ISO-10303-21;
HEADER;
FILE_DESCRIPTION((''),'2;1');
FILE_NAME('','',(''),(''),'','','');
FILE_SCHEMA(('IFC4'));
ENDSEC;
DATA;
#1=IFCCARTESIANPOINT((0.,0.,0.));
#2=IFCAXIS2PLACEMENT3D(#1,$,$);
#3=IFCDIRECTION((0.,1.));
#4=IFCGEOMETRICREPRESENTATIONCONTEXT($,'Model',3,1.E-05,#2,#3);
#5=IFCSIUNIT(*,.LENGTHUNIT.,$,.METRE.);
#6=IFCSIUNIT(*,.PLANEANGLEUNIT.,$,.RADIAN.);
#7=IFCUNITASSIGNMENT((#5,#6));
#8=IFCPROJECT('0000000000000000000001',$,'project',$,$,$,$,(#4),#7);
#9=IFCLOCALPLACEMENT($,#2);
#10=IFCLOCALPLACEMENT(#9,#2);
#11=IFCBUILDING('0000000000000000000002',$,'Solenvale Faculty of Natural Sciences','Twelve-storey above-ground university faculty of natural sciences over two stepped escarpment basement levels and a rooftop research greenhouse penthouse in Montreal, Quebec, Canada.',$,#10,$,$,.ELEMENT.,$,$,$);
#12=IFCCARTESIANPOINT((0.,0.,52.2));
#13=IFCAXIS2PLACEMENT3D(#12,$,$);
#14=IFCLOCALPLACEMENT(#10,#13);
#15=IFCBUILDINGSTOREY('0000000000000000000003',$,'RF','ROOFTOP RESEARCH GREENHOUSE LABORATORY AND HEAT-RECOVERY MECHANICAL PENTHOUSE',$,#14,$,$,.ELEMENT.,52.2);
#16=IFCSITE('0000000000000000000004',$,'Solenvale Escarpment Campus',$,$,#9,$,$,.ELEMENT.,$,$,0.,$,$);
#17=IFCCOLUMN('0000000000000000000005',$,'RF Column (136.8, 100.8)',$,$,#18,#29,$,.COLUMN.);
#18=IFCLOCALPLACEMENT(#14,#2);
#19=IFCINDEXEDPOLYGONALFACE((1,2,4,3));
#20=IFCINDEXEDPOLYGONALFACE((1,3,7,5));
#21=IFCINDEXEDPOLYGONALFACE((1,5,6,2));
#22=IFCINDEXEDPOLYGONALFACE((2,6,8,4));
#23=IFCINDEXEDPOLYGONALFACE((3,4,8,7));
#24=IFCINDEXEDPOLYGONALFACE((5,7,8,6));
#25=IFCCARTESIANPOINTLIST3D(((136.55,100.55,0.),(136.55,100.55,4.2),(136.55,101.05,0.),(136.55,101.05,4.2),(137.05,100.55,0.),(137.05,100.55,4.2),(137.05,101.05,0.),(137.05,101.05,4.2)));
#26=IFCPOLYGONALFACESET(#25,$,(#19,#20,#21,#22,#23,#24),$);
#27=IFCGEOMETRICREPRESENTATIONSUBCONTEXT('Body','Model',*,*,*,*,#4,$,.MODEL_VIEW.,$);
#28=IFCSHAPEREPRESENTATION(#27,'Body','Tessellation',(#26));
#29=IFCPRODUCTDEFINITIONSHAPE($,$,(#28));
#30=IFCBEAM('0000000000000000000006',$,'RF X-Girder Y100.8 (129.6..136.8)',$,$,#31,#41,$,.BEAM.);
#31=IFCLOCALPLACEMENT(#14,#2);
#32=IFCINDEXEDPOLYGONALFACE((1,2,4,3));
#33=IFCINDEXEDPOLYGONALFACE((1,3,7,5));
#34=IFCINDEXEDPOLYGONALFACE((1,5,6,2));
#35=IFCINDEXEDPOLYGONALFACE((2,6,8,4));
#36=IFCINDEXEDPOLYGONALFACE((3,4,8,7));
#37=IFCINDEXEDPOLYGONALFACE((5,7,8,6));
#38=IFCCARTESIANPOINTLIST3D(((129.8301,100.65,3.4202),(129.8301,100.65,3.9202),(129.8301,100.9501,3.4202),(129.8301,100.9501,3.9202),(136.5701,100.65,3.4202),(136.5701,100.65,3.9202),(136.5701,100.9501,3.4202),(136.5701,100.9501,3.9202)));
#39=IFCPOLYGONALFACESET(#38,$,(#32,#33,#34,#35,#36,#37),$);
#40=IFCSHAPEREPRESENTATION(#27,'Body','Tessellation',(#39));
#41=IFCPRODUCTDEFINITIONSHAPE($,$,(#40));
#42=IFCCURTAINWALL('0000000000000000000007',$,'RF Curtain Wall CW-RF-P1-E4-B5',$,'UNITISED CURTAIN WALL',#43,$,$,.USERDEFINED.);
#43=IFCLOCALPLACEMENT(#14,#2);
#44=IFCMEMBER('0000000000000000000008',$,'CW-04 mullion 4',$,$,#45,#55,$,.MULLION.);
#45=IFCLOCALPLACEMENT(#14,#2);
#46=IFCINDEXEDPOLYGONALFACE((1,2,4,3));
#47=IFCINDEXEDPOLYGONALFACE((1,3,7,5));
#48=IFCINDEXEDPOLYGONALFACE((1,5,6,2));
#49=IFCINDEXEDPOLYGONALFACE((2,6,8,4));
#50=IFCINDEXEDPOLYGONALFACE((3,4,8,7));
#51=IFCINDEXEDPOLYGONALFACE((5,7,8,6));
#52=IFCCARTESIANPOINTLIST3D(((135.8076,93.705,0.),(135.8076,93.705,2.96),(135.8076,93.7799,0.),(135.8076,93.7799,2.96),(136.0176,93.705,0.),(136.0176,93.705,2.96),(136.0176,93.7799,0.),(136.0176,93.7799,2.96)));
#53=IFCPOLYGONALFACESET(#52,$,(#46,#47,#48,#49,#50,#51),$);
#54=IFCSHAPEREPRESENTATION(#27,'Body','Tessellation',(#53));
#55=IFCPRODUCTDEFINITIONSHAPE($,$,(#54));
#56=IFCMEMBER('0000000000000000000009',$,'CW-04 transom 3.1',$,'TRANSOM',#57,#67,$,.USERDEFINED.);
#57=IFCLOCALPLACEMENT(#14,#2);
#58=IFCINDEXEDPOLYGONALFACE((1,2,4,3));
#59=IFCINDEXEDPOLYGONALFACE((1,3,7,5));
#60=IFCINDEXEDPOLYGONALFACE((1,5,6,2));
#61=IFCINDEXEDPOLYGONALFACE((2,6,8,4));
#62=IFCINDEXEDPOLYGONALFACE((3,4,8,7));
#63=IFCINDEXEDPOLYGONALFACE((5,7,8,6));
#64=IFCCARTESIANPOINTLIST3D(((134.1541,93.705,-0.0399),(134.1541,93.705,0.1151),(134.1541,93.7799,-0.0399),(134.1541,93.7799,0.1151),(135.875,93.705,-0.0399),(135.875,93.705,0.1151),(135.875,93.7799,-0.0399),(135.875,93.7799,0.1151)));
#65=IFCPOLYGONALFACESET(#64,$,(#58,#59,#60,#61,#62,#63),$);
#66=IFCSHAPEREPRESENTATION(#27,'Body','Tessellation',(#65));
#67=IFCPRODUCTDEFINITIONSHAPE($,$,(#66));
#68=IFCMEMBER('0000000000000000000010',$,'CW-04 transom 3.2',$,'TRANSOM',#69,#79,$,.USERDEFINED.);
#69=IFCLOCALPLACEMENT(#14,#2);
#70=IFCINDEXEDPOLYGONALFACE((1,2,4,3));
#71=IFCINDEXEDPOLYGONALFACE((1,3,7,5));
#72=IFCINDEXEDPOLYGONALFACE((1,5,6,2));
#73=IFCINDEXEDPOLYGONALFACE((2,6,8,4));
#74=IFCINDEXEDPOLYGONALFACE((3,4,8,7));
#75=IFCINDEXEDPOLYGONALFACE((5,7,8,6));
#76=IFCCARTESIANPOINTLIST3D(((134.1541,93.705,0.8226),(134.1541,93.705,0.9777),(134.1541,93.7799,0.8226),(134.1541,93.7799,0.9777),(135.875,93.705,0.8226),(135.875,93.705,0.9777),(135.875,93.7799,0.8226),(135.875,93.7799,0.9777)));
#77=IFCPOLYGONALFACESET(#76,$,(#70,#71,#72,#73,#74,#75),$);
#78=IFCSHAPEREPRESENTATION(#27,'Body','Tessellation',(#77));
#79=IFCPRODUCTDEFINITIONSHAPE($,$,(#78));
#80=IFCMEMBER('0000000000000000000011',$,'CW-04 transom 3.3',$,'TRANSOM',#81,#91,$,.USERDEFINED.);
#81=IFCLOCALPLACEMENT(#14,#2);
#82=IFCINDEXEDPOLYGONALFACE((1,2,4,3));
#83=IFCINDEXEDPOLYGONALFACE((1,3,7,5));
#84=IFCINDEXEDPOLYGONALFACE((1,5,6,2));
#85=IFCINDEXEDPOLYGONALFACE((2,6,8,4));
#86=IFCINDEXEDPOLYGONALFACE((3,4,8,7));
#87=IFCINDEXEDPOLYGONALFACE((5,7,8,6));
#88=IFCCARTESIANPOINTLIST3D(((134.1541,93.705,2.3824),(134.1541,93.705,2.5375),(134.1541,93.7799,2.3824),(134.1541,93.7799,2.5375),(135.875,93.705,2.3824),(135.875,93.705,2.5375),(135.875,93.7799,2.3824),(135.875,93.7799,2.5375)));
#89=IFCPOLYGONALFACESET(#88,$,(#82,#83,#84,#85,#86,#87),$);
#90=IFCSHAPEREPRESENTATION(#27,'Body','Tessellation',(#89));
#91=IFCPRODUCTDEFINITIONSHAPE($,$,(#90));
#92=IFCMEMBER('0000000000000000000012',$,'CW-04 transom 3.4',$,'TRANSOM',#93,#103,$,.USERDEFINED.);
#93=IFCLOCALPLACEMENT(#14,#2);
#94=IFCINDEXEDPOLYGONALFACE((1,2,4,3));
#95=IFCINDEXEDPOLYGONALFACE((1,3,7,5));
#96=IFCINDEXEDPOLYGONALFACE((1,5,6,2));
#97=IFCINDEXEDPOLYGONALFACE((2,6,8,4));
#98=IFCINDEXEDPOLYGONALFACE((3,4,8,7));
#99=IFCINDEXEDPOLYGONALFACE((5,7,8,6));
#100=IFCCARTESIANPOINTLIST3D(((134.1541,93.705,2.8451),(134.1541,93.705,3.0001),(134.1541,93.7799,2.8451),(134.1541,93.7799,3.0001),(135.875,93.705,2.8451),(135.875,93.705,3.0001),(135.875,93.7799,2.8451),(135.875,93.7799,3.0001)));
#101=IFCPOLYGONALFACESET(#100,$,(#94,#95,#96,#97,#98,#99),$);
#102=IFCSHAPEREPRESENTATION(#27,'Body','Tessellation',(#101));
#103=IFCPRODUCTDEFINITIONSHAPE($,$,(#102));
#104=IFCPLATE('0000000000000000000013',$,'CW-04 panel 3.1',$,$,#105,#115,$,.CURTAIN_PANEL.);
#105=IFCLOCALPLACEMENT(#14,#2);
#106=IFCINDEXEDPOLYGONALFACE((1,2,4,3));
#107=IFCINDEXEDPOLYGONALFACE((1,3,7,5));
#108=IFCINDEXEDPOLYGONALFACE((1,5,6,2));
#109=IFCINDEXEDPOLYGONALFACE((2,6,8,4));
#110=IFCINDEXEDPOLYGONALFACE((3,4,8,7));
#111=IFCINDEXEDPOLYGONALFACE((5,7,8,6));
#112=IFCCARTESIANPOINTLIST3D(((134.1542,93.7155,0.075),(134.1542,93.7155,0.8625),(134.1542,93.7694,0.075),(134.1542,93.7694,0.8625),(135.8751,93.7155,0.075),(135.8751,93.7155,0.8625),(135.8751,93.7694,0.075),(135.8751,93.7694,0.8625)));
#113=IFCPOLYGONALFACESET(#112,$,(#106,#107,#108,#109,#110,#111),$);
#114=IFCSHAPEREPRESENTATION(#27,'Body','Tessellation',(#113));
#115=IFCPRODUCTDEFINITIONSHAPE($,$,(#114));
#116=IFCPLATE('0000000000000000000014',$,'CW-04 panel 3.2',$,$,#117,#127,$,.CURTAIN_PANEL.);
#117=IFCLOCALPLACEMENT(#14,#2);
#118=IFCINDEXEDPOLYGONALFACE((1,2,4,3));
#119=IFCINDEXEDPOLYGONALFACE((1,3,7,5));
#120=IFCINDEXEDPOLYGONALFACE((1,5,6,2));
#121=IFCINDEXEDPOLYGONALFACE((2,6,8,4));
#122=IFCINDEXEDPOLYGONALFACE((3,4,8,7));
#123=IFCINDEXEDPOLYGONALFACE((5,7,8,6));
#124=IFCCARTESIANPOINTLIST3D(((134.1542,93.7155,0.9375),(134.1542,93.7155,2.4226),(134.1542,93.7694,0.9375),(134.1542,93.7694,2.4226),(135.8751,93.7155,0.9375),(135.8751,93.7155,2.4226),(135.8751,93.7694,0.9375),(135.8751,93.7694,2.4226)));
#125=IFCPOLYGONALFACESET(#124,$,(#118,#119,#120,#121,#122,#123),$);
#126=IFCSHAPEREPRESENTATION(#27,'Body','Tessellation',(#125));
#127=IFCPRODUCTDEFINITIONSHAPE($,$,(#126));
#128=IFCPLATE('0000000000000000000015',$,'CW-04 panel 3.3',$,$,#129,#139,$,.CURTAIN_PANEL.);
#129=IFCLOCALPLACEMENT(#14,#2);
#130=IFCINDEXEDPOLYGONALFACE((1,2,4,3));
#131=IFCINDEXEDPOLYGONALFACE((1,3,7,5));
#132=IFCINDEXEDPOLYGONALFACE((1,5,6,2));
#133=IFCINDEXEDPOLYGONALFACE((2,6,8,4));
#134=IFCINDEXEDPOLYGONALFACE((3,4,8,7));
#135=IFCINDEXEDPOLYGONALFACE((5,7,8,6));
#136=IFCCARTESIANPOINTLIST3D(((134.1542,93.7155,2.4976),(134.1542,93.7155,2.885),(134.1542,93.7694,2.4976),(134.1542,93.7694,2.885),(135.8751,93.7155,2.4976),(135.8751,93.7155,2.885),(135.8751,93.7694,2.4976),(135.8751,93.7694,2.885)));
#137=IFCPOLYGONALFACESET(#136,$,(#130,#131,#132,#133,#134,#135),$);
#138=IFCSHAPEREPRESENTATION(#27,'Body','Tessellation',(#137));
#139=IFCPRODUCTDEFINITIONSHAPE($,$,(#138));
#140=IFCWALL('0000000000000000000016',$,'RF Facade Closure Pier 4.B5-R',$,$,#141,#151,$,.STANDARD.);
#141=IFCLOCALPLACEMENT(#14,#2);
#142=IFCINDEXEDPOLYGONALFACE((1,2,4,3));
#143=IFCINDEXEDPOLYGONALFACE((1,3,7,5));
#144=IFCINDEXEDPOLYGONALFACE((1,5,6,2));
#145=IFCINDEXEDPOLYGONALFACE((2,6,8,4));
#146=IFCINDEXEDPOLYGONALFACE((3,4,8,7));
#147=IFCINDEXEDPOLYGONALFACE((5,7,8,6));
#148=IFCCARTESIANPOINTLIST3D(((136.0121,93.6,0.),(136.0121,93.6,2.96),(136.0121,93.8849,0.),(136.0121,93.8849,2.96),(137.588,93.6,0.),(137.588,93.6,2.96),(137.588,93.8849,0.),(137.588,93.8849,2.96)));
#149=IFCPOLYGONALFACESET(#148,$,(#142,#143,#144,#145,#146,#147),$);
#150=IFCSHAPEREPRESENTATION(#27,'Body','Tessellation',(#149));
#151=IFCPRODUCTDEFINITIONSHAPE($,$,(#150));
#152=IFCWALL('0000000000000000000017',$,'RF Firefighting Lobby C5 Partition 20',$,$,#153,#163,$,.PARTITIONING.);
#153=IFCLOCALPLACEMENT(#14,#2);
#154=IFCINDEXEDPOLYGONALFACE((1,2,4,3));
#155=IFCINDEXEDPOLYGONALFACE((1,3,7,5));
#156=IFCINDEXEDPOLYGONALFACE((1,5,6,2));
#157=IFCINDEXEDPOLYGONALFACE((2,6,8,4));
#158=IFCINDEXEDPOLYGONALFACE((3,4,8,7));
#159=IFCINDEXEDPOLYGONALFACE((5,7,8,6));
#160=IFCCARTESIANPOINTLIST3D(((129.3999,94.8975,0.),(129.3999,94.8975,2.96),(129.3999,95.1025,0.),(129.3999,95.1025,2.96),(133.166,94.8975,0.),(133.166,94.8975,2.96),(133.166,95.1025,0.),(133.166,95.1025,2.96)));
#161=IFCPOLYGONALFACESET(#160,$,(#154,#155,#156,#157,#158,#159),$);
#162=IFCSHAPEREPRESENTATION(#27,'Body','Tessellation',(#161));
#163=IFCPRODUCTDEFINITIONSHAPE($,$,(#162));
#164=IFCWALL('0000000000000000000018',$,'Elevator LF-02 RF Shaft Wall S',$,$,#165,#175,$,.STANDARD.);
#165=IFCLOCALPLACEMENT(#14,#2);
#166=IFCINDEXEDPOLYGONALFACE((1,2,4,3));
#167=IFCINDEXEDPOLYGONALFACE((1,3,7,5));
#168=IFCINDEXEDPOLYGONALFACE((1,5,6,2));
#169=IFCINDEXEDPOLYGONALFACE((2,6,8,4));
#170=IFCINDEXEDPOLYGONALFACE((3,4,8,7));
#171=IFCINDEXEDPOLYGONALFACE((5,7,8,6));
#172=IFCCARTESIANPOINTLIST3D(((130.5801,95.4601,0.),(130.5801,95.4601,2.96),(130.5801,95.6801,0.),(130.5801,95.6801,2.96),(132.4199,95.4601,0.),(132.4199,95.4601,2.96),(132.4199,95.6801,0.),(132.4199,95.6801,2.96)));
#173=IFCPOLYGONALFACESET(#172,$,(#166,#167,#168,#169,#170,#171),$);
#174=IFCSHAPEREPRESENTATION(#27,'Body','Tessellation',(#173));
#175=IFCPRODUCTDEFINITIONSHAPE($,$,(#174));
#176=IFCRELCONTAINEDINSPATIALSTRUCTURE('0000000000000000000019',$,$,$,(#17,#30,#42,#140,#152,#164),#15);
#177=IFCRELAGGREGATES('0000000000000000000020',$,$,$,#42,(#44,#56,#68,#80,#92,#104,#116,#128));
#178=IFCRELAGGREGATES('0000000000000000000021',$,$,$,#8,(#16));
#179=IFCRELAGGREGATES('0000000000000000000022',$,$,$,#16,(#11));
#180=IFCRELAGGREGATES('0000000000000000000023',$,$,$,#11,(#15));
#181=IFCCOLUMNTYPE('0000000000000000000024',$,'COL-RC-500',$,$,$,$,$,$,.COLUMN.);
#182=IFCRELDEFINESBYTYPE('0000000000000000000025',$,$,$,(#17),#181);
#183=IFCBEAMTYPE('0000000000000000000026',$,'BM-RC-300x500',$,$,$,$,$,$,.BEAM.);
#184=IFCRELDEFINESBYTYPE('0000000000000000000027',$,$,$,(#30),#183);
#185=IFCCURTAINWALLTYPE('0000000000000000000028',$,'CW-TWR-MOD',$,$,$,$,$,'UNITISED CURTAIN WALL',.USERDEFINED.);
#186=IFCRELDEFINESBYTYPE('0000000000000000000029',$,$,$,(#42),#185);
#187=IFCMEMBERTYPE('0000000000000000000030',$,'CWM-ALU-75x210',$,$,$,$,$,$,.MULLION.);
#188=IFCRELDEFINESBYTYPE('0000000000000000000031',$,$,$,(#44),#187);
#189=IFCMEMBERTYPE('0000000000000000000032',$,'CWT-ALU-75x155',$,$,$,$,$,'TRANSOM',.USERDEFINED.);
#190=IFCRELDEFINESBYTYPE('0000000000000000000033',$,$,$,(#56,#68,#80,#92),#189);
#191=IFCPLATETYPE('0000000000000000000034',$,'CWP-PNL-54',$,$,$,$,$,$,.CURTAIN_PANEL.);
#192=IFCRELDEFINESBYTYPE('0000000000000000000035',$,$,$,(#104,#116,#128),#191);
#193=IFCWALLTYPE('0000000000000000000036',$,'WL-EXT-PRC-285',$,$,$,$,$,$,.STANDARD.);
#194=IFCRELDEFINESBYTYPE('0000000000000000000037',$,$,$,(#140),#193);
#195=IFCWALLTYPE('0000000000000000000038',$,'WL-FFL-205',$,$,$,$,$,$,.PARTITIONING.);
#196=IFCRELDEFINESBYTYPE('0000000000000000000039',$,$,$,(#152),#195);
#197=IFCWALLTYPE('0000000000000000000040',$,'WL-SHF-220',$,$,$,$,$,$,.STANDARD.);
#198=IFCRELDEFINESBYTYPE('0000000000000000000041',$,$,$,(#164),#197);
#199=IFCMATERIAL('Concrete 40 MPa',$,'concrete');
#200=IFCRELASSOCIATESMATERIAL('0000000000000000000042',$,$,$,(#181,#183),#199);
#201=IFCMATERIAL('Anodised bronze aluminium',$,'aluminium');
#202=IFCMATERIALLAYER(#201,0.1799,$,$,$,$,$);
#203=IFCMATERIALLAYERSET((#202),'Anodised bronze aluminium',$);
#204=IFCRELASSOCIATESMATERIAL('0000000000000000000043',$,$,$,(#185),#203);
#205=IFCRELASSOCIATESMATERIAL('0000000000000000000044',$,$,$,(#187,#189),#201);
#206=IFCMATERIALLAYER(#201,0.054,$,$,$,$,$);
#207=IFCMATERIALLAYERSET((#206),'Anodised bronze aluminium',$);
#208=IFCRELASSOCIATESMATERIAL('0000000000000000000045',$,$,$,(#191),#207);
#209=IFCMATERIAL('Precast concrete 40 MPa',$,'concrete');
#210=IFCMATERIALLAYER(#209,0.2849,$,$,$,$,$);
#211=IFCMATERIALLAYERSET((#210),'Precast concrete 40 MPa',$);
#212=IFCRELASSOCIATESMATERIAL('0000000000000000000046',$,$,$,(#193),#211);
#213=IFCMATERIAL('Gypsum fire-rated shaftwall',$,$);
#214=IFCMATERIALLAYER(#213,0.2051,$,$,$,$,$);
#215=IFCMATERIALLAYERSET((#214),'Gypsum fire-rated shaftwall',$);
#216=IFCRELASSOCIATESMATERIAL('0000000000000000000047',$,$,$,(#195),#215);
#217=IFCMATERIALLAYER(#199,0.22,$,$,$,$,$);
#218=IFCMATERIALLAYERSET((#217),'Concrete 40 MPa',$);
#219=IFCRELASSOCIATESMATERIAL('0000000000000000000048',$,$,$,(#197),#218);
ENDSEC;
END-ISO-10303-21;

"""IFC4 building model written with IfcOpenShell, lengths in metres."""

from ifc_helpers import new_model, si_unit, direction, frame, frame_2d, origin, origin_2d, place, context, subcontext, project, spatial, rectangle, extrude, material, layer, layer_set, material_profile, profile_set, type_object, element, aggregate, save


model = new_model("IFC4")

# Units and contexts
model_context = context("Model", 3, precision=1e-05, world=origin(), true_north=direction((0.0, 1.0)))
body_context = subcontext(model_context, "Body", "Model", "MODEL_VIEW")
ifc_project = project(units=[si_unit("LENGTHUNIT", "METRE"), si_unit("PLANEANGLEUNIT", "RADIAN")], contexts=[model_context])

# Site, building, storey
site_placement = place(None, origin())
site = spatial("IfcSite", under=ifc_project, at=site_placement, Name="Solenvale Escarpment Campus", CompositionType="ELEMENT", RefElevation=0.0)
building_placement = place(site_placement, origin())
building = spatial("IfcBuilding", under=site, at=building_placement, Name="Solenvale Faculty of Natural Sciences", Description="Twelve-storey above-ground university faculty of natural sciences over two stepped escarpment basement levels and a rooftop research greenhouse penthouse in Montreal, Quebec, Canada.", CompositionType="ELEMENT")
storey_placement = place(building_placement, frame((0.0, 0.0, 52.2)))
storey = spatial("IfcBuildingStorey", under=building, at=storey_placement, Name="RF", Description="ROOFTOP RESEARCH GREENHOUSE LABORATORY AND HEAT-RECOVERY MECHANICAL PENTHOUSE", CompositionType="ELEMENT", Elevation=52.2)

# Column
ifc_material_1 = material(Name="Concrete 40 MPa", Category="concrete")
ifc_material_profile_1 = material_profile(ifc_material_1, rectangle(XDim=0.5, YDim=0.5, at=origin_2d()), Name="RC-COL-500x500")
ifc_profile_set_1 = profile_set([ifc_material_profile_1], Name="Concrete 40 MPa")
column_type = type_object("IfcColumnType", Name="COL-RC-500", PredefinedType="COLUMN", material=ifc_profile_set_1)
column_placement = place(storey_placement, frame((136.8, 100.8, 0.0), z_axis=(0.0, 0.0, 1.0), x_axis=(1.0, 0.0, 0.0)))
element("IfcColumn", 1, at=column_placement, inside=storey, type_object=column_type, Name="RF Column (136.8, 100.8)", PredefinedType="COLUMN", context=body_context, shape_type="SweptSolid", body=[
    extrude(rectangle(XDim=0.5, YDim=0.5, at=origin_2d()), origin(), (0.0, 0.0, 1.0), 4.2),
])

# Beam
ifc_material_profile_2 = material_profile(ifc_material_1, rectangle(XDim=0.3, YDim=0.5, at=origin_2d()), Name="RC-BM-300x500")
ifc_profile_set_2 = profile_set([ifc_material_profile_2], Name="Concrete 40 MPa")
beam_type = type_object("IfcBeamType", Name="BM-RC-300x500", PredefinedType="BEAM", material=ifc_profile_set_2)
beam_placement = place(storey_placement, frame((129.8301, 100.8, 3.6702), z_axis=(1.0, 0.0, 0.0), x_axis=(0.0, 1.0, 0.0)))
element("IfcBeam", 2, at=beam_placement, inside=storey, type_object=beam_type, Name="RF X-Girder Y100.8 (129.6..136.8)", PredefinedType="BEAM", context=body_context, shape_type="SweptSolid", body=[
    extrude(rectangle(XDim=0.3, YDim=0.5, at=origin_2d()), origin(), (0.0, 0.0, 1.0), 6.74),
])

# Curtain wall, members, plates
ifc_material_2 = material(Name="Anodised bronze aluminium", Category="aluminium")
ifc_layer_1 = layer(ifc_material_2, 0.1799)
ifc_layer_set_1 = layer_set([ifc_layer_1], Name="Anodised bronze aluminium")
curtain_wall_type = type_object("IfcCurtainWallType", Name="CW-TWR-MOD", ElementType="UNITISED CURTAIN WALL", PredefinedType="USERDEFINED", material=ifc_layer_set_1)
curtain_wall_placement = place(storey_placement, origin())
curtain_wall = element("IfcCurtainWall", 3, at=curtain_wall_placement, inside=storey, type_object=curtain_wall_type, Name="RF Curtain Wall CW-RF-P1-E4-B5", ObjectType="UNITISED CURTAIN WALL", PredefinedType="USERDEFINED")
ifc_material_profile_3 = material_profile(ifc_material_2, rectangle(XDim=0.075, YDim=0.21, at=origin_2d()), Name="ALU-MUL-75x210")
ifc_profile_set_3 = profile_set([ifc_material_profile_3], Name="Anodised bronze aluminium")
member_type_1 = type_object("IfcMemberType", Name="CWM-ALU-75x210", PredefinedType="MULLION", material=ifc_profile_set_3)
member_1_placement = place(storey_placement, frame((135.9126, 93.7424, 0.0), z_axis=(0.0, 0.0, 1.0), x_axis=(0.0, 1.0, 0.0)))
member_1 = element("IfcMember", 4, at=member_1_placement, type_object=member_type_1, Name="CW-04 mullion 4", PredefinedType="MULLION", context=body_context, shape_type="SweptSolid", body=[
    extrude(rectangle(XDim=0.075, YDim=0.21, at=origin_2d()), origin(), (0.0, 0.0, 1.0), 2.96),
])
ifc_material_profile_4 = material_profile(ifc_material_2, rectangle(XDim=0.075, YDim=0.155, at=origin_2d()), Name="ALU-TRN-75x155")
ifc_profile_set_4 = profile_set([ifc_material_profile_4], Name="Anodised bronze aluminium")
member_type_2 = type_object("IfcMemberType", Name="CWT-ALU-75x155", ElementType="TRANSOM", PredefinedType="USERDEFINED", material=ifc_profile_set_4)
member_2_placement = place(storey_placement, frame((134.1541, 93.7424, 0.0376), z_axis=(1.0, 0.0, 0.0), x_axis=(0.0, 1.0, 0.0)))
member_2 = element("IfcMember", 5, at=member_2_placement, type_object=member_type_2, Name="CW-04 transom 3.1", ObjectType="TRANSOM", PredefinedType="USERDEFINED", context=body_context, shape_type="SweptSolid", body=[
    extrude(rectangle(XDim=0.075, YDim=0.155, at=origin_2d()), origin(), (0.0, 0.0, 1.0), 1.7209),
])
member_3_placement = place(storey_placement, frame((134.1541, 93.7424, 0.9001), z_axis=(1.0, 0.0, 0.0), x_axis=(0.0, 1.0, 0.0)))
member_3 = element("IfcMember", 6, at=member_3_placement, type_object=member_type_2, Name="CW-04 transom 3.2", ObjectType="TRANSOM", PredefinedType="USERDEFINED", context=body_context, shape_type="SweptSolid", body=[
    extrude(rectangle(XDim=0.075, YDim=0.155, at=origin_2d()), origin(), (0.0, 0.0, 1.0), 1.7209),
])
member_4_placement = place(storey_placement, frame((134.1541, 93.7424, 2.46), z_axis=(1.0, 0.0, 0.0), x_axis=(0.0, 1.0, 0.0)))
member_4 = element("IfcMember", 7, at=member_4_placement, type_object=member_type_2, Name="CW-04 transom 3.3", ObjectType="TRANSOM", PredefinedType="USERDEFINED", context=body_context, shape_type="SweptSolid", body=[
    extrude(rectangle(XDim=0.075, YDim=0.155, at=origin_2d()), origin(), (0.0, 0.0, 1.0), 1.7209),
])
member_5_placement = place(storey_placement, frame((134.1541, 93.7424, 2.9226), z_axis=(1.0, 0.0, 0.0), x_axis=(0.0, 1.0, 0.0)))
member_5 = element("IfcMember", 8, at=member_5_placement, type_object=member_type_2, Name="CW-04 transom 3.4", ObjectType="TRANSOM", PredefinedType="USERDEFINED", context=body_context, shape_type="SweptSolid", body=[
    extrude(rectangle(XDim=0.075, YDim=0.155, at=origin_2d()), origin(), (0.0, 0.0, 1.0), 1.7209),
])
ifc_layer_2 = layer(ifc_material_2, 0.054)
ifc_layer_set_2 = layer_set([ifc_layer_2], Name="Anodised bronze aluminium")
plate_type = type_object("IfcPlateType", Name="CWP-PNL-54", PredefinedType="CURTAIN_PANEL", material=ifc_layer_set_2)
plate_1_placement = place(storey_placement, frame((135.0146, 93.7424, 0.075), z_axis=(0.0, 0.0, 1.0), x_axis=(1.0, 0.0, 0.0)))
plate_1 = element("IfcPlate", 9, at=plate_1_placement, type_object=plate_type, Name="CW-04 panel 3.1", PredefinedType="CURTAIN_PANEL", context=body_context, shape_type="SweptSolid", body=[
    extrude(rectangle(XDim=1.7209, YDim=0.054, at=origin_2d()), origin(), (0.0, 0.0, 1.0), 0.7876),
])
plate_2_placement = place(storey_placement, frame((135.0146, 93.7424, 0.9375), z_axis=(0.0, 0.0, 1.0), x_axis=(1.0, 0.0, 0.0)))
plate_2 = element("IfcPlate", 10, at=plate_2_placement, type_object=plate_type, Name="CW-04 panel 3.2", PredefinedType="CURTAIN_PANEL", context=body_context, shape_type="SweptSolid", body=[
    extrude(rectangle(XDim=1.7209, YDim=0.054, at=origin_2d()), origin(), (0.0, 0.0, 1.0), 1.4851),
])
plate_3_placement = place(storey_placement, frame((135.0146, 93.7424, 2.4976), z_axis=(0.0, 0.0, 1.0), x_axis=(1.0, 0.0, 0.0)))
plate_3 = element("IfcPlate", 11, at=plate_3_placement, type_object=plate_type, Name="CW-04 panel 3.3", PredefinedType="CURTAIN_PANEL", context=body_context, shape_type="SweptSolid", body=[
    extrude(rectangle(XDim=1.7209, YDim=0.054, at=origin_2d()), origin(), (0.0, 0.0, 1.0), 0.3875),
])
aggregate(curtain_wall, [member_1, member_2, member_3, member_4, member_5, plate_1, plate_2, plate_3])

# Walls
ifc_material_3 = material(Name="Precast concrete 40 MPa", Category="concrete")
ifc_layer_3 = layer(ifc_material_3, 0.2849)
ifc_layer_set_3 = layer_set([ifc_layer_3], Name="Precast concrete 40 MPa")
wall_type_1 = type_object("IfcWallType", Name="WL-EXT-PRC-285", PredefinedType="STANDARD", material=ifc_layer_set_3)
wall_1_placement = place(storey_placement, frame((136.012, 93.7424, 0.0), z_axis=(0.0, 0.0, 1.0), x_axis=(1.0, 0.0, 0.0)))
element("IfcWall", 12, at=wall_1_placement, inside=storey, type_object=wall_type_1, Name="RF Facade Closure Pier 4.B5-R", PredefinedType="STANDARD", context=body_context, shape_type="SweptSolid", body=[
    extrude(rectangle(XDim=1.5759, YDim=0.2849, at=frame_2d((0.7881, 0.0))), origin(), (0.0, 0.0, 1.0), 2.96),
])
ifc_material_4 = material(Name="Gypsum fire-rated shaftwall")
ifc_layer_4 = layer(ifc_material_4, 0.2051)
ifc_layer_set_4 = layer_set([ifc_layer_4], Name="Gypsum fire-rated shaftwall")
wall_type_2 = type_object("IfcWallType", Name="WL-FFL-205", PredefinedType="PARTITIONING", material=ifc_layer_set_4)
wall_2_placement = place(storey_placement, frame((133.166, 95.0, 0.0), z_axis=(0.0, 0.0, 1.0), x_axis=(-1.0, 0.0, 0.0)))
element("IfcWall", 13, at=wall_2_placement, inside=storey, type_object=wall_type_2, Name="RF Firefighting Lobby C5 Partition 20", PredefinedType="PARTITIONING", context=body_context, shape_type="SweptSolid", body=[
    extrude(rectangle(XDim=3.7661, YDim=0.2051, at=frame_2d((1.8831, 0.0))), origin(), (0.0, 0.0, 1.0), 2.96),
])
ifc_layer_5 = layer(ifc_material_1, 0.22)
ifc_layer_set_5 = layer_set([ifc_layer_5], Name="Concrete 40 MPa")
wall_type_3 = type_object("IfcWallType", Name="WL-SHF-220", PredefinedType="STANDARD", material=ifc_layer_set_5)
wall_3_placement = place(storey_placement, frame((130.5801, 95.5701, 0.0), z_axis=(0.0, 0.0, 1.0), x_axis=(1.0, 0.0, 0.0)))
element("IfcWall", 14, at=wall_3_placement, inside=storey, type_object=wall_type_3, Name="Elevator LF-02 RF Shaft Wall S", PredefinedType="STANDARD", context=body_context, shape_type="SweptSolid", body=[
    extrude(rectangle(XDim=1.8398, YDim=0.22, at=frame_2d((0.9199, 0.0))), origin(), (0.0, 0.0, 1.0), 2.96),
])

save(model, "model.ifc")
